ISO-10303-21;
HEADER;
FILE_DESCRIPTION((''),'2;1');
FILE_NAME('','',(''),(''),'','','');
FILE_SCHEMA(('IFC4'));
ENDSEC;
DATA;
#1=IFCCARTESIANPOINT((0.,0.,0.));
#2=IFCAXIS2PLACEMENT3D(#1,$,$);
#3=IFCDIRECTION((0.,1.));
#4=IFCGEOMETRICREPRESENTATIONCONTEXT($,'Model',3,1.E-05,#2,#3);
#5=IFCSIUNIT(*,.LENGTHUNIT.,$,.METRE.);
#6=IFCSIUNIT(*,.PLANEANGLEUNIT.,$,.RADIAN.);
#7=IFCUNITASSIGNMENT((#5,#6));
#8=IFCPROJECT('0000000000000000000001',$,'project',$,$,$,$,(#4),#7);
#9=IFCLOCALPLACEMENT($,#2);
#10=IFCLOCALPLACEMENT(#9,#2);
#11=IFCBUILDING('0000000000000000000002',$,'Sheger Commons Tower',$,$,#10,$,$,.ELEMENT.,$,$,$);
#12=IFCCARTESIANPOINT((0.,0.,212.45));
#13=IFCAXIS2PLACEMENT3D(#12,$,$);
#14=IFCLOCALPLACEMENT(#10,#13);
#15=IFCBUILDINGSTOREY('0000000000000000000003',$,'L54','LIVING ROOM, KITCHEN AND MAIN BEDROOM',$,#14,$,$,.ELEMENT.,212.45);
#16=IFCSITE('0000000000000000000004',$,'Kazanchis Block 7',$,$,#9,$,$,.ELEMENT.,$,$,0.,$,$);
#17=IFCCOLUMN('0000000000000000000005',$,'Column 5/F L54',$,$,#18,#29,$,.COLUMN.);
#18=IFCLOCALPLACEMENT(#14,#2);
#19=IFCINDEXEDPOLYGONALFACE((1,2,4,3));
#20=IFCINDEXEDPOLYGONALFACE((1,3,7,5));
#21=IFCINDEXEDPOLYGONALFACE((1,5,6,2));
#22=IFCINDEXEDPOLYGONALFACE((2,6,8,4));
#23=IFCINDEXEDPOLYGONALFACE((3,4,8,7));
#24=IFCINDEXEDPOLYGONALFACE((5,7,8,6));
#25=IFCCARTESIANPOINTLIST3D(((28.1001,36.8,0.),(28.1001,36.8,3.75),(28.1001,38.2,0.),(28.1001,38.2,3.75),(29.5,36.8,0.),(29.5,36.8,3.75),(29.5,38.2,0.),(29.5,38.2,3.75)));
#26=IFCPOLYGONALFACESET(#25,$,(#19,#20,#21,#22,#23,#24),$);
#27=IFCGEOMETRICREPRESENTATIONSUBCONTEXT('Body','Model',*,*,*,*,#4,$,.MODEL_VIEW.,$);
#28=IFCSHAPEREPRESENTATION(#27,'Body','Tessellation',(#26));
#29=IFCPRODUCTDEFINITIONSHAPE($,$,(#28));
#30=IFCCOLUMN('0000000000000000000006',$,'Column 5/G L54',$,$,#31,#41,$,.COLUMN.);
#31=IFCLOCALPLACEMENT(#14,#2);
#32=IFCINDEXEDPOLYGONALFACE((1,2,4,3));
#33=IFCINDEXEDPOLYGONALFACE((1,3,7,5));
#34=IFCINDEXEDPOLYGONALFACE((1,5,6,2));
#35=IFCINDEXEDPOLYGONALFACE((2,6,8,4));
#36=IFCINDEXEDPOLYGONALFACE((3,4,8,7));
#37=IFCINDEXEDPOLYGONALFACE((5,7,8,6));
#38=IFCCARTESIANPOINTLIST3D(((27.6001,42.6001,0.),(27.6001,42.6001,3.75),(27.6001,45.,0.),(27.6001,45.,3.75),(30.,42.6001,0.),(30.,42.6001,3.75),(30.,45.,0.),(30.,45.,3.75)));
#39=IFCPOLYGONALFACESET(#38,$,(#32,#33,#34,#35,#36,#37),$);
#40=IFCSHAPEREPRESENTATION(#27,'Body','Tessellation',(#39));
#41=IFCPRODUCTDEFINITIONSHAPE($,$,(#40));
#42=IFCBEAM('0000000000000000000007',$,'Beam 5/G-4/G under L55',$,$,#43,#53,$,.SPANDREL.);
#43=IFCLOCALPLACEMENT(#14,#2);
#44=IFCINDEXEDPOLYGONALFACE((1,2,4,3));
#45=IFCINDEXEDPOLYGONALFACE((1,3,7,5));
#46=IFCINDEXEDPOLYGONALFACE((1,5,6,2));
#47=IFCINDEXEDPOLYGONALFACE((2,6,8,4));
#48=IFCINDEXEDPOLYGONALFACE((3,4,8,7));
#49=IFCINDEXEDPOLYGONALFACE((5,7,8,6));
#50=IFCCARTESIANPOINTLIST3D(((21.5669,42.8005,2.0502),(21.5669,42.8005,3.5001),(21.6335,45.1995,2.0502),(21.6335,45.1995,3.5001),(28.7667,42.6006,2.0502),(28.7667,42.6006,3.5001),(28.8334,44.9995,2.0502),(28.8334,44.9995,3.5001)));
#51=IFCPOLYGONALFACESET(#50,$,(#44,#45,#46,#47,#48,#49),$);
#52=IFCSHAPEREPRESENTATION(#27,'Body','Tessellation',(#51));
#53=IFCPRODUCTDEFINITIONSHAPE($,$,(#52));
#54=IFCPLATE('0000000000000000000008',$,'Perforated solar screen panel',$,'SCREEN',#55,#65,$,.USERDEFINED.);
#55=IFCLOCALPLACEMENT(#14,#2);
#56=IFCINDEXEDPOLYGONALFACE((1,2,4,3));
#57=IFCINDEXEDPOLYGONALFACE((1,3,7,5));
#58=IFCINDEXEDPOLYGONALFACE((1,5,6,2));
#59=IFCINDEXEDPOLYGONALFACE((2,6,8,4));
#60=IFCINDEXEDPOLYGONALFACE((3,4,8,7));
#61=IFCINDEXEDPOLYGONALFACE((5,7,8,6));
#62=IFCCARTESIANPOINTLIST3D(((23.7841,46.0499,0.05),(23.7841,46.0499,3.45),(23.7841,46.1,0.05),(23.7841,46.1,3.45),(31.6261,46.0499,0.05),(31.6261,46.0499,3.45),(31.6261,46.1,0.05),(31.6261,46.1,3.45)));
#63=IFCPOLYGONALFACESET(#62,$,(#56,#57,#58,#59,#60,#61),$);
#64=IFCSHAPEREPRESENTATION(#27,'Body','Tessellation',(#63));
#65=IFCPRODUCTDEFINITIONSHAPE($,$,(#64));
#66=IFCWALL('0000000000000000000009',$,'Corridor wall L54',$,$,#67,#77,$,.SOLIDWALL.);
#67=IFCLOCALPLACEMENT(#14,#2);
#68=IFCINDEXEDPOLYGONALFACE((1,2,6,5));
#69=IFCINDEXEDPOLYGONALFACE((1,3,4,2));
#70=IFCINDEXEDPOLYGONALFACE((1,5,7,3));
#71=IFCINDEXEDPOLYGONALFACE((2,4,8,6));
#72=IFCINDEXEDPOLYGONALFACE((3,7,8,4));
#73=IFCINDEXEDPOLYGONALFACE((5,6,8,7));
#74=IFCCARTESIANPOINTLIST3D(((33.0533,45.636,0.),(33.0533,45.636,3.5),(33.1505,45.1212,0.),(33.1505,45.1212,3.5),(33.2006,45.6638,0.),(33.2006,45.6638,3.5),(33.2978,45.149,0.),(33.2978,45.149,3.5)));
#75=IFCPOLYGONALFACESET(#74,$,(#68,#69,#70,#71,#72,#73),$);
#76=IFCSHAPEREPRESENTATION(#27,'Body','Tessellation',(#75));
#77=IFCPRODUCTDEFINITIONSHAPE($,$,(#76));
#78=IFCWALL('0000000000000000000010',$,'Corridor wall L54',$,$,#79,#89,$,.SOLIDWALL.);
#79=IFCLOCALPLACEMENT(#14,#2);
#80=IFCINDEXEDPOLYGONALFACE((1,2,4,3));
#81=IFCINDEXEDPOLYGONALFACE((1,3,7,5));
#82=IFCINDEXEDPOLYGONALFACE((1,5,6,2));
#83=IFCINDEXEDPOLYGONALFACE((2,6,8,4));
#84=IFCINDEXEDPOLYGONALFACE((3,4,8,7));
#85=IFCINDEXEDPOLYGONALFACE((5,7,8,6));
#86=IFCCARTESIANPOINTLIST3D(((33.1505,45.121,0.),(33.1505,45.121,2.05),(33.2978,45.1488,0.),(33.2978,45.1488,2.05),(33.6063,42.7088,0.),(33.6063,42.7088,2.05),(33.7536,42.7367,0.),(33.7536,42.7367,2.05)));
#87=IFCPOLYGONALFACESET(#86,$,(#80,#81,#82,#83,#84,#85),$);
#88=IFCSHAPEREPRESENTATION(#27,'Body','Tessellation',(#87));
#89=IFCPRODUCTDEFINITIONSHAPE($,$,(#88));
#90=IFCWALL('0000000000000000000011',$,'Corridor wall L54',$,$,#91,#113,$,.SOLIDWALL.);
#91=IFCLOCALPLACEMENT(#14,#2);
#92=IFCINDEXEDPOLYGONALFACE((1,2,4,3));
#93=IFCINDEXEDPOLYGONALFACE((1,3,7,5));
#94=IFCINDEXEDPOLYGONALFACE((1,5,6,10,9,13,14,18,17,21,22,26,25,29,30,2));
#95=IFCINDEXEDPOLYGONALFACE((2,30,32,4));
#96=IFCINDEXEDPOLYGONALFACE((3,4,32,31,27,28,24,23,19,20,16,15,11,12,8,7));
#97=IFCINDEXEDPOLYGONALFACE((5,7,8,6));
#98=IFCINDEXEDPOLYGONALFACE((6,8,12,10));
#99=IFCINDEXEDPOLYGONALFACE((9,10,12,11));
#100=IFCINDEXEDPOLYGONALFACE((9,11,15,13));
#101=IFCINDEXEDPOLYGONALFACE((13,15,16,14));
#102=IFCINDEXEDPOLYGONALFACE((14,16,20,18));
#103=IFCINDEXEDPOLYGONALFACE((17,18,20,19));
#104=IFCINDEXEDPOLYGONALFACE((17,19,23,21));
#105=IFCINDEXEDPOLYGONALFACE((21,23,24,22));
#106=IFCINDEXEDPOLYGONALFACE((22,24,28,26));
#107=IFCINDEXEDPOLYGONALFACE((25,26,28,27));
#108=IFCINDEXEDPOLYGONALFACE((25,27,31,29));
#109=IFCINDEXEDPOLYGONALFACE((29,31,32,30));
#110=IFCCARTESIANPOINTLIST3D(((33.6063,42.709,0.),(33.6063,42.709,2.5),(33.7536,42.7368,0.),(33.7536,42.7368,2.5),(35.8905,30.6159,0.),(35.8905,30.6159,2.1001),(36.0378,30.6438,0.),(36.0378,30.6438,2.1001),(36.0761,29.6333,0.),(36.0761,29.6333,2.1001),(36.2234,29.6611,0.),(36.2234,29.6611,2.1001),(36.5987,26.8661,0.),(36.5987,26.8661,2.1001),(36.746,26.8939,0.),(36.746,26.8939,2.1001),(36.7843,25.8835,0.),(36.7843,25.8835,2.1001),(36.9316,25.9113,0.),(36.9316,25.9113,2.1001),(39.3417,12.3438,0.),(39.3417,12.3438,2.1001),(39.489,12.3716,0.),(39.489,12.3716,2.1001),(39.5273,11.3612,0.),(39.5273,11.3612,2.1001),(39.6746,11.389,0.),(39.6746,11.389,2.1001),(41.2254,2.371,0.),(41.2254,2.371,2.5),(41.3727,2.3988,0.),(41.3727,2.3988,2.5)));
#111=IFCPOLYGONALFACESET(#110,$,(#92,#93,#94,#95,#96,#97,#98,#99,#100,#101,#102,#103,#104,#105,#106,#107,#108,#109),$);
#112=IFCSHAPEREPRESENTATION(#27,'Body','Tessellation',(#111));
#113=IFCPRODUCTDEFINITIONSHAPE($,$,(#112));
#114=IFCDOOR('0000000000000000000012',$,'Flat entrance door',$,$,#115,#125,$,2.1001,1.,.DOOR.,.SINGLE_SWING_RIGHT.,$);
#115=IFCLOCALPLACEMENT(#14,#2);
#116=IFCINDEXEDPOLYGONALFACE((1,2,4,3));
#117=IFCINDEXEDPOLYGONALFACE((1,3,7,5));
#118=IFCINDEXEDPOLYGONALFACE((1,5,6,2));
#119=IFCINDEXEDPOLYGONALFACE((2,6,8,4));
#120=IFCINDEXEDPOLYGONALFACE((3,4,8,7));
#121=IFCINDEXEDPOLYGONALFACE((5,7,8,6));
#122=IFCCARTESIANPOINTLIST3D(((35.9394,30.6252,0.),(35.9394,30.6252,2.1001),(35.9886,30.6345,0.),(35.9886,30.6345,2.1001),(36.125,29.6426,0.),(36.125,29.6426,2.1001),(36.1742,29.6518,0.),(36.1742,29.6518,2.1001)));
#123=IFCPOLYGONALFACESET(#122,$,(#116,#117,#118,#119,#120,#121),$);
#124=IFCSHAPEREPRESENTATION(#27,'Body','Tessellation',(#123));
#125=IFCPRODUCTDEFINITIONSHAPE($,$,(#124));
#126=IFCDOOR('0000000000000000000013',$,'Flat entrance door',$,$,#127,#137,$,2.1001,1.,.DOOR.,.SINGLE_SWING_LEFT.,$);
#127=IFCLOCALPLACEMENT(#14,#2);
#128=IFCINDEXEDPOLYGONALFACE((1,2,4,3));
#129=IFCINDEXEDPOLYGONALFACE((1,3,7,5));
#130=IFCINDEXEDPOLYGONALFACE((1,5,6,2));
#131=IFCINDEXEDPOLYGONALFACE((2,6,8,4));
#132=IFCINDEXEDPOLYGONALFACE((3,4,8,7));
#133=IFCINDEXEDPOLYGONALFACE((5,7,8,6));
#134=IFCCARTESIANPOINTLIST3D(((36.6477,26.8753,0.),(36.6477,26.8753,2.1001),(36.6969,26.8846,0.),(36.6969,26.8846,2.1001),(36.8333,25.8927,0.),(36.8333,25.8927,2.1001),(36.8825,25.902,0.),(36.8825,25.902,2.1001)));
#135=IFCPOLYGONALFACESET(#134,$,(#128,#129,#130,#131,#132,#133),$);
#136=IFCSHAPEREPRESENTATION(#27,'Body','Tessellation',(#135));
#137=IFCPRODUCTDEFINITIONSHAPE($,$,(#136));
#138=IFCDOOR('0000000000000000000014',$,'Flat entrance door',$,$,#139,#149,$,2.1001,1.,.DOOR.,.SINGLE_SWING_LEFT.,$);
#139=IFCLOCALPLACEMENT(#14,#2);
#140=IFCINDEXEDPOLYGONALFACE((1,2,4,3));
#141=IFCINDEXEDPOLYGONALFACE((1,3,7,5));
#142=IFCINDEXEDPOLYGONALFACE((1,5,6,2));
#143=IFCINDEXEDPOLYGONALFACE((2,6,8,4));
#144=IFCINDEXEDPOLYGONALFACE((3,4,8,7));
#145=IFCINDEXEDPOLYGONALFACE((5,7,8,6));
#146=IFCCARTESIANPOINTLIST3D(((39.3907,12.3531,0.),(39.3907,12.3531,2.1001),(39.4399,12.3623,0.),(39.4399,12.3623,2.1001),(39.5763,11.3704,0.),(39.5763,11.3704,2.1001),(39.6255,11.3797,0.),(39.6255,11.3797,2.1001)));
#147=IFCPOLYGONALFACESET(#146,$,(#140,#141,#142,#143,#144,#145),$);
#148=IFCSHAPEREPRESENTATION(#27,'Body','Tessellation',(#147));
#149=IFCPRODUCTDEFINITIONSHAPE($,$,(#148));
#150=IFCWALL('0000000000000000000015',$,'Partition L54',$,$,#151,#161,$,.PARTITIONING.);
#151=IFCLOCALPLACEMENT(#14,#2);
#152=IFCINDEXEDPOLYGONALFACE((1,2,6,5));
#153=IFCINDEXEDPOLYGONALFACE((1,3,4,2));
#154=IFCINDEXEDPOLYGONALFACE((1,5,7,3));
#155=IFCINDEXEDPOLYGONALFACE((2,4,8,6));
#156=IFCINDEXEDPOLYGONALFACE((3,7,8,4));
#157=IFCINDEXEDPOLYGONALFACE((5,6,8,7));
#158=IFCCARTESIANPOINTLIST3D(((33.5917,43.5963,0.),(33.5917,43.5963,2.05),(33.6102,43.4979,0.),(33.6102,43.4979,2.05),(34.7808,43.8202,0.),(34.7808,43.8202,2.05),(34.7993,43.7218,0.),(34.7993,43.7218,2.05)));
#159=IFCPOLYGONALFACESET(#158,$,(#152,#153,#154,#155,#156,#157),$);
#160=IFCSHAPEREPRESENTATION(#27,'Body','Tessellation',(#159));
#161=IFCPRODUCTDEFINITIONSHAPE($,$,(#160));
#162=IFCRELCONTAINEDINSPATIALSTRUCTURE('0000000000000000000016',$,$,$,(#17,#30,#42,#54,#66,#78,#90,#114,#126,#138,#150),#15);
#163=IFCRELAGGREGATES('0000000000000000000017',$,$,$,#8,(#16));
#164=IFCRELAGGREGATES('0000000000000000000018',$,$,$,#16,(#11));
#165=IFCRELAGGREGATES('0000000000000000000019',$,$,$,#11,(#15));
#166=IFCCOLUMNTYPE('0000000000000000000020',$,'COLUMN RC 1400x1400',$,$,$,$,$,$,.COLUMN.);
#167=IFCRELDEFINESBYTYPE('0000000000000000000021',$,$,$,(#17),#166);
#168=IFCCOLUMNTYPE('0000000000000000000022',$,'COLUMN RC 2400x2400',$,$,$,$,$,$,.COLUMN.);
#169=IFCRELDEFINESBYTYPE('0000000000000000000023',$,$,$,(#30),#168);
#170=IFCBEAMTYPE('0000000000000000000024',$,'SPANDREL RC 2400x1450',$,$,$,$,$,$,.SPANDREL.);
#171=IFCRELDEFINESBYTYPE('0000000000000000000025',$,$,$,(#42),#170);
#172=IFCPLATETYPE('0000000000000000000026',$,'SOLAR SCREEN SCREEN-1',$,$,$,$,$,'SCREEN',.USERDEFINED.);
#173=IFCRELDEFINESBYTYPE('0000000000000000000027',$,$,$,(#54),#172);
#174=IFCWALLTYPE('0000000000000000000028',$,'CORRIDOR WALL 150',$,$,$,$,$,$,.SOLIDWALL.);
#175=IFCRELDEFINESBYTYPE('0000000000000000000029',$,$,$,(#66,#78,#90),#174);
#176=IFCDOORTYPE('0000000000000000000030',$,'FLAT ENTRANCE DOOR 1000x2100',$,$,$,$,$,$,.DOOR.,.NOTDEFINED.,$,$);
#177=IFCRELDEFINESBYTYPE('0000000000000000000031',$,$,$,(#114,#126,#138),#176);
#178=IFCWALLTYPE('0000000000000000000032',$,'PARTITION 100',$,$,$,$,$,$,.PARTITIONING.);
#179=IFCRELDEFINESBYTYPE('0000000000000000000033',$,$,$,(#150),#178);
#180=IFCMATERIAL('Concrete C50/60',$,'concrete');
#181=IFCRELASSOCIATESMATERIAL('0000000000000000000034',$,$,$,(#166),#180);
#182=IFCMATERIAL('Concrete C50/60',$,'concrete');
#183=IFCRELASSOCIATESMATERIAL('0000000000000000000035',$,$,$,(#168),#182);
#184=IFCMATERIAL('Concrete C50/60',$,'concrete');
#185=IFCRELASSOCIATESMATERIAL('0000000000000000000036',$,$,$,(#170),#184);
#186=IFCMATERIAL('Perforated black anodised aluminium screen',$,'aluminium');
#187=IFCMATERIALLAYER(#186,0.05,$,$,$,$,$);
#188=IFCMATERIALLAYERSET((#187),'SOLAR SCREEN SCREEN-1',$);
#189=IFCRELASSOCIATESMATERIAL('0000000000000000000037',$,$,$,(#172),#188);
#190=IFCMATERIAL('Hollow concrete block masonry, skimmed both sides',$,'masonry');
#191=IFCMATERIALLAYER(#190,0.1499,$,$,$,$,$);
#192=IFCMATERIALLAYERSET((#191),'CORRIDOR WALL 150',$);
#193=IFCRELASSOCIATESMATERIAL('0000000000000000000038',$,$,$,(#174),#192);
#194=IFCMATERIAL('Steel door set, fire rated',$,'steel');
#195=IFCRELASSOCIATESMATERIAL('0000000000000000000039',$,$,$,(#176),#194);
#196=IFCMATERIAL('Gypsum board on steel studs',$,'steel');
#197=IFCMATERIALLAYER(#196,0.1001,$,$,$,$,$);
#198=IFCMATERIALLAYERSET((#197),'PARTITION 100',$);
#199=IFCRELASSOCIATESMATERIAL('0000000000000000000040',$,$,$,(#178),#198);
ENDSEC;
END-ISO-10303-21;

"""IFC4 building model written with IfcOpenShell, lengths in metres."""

from ifc_helpers import new_model, si_unit, direction, frame, frame_2d, origin, origin_2d, place, context, subcontext, project, spatial, rectangle, extrude, material, layer, layer_set, material_profile, profile_set, type_object, element, fill, save


model = new_model("IFC4")

# Units and contexts
model_context = context("Model", 3, precision=1e-05, world=origin(), true_north=direction((0.0, 1.0)))
body_context = subcontext(model_context, "Body", "Model", "MODEL_VIEW")
ifc_project = project(units=[si_unit("LENGTHUNIT", "METRE"), si_unit("PLANEANGLEUNIT", "RADIAN")], contexts=[model_context])

# Site, building, storey
site_placement = place(None, origin())
site = spatial("IfcSite", under=ifc_project, at=site_placement, Name="Kazanchis Block 7", CompositionType="ELEMENT", RefElevation=0.0)
building_placement = place(site_placement, origin())
building = spatial("IfcBuilding", under=site, at=building_placement, Name="Sheger Commons Tower", CompositionType="ELEMENT")
storey_placement = place(building_placement, frame((0.0, 0.0, 212.45)))
storey = spatial("IfcBuildingStorey", under=building, at=storey_placement, Name="L54", Description="LIVING ROOM, KITCHEN AND MAIN BEDROOM", CompositionType="ELEMENT", Elevation=212.45)

# Columns
ifc_material_1 = material(Name="Concrete C50/60", Category="concrete")
ifc_material_profile_1 = material_profile(ifc_material_1, rectangle(XDim=1.3999, YDim=1.3999, at=origin_2d()), Name="RC 1400x1400")
ifc_profile_set_1 = profile_set([ifc_material_profile_1], Name="Concrete C50/60")
column_type_1 = type_object("IfcColumnType", Name="COLUMN RC 1400x1400", PredefinedType="COLUMN", material=ifc_profile_set_1)
column_1_placement = place(storey_placement, frame((28.8, 37.5, 0.0), z_axis=(0.0, 0.0, 1.0), x_axis=(1.0, 0.0, 0.0)))
element("IfcColumn", 1, at=column_1_placement, inside=storey, type_object=column_type_1, Name="Column 5/F L54", PredefinedType="COLUMN", context=body_context, shape_type="SweptSolid", body=[
    extrude(rectangle(XDim=1.3999, YDim=1.3999, at=origin_2d()), origin(), (0.0, 0.0, 1.0), 3.75),
])
ifc_material_2 = material(Name="Concrete C50/60", Category="concrete")
ifc_material_profile_2 = material_profile(ifc_material_2, rectangle(XDim=2.3999, YDim=2.3999, at=origin_2d()), Name="RC 2400x2400")
ifc_profile_set_2 = profile_set([ifc_material_profile_2], Name="Concrete C50/60")
column_type_2 = type_object("IfcColumnType", Name="COLUMN RC 2400x2400", PredefinedType="COLUMN", material=ifc_profile_set_2)
column_2_placement = place(storey_placement, frame((28.8, 43.8, 0.0), z_axis=(0.0, 0.0, 1.0), x_axis=(1.0, 0.0, 0.0)))
element("IfcColumn", 2, at=column_2_placement, inside=storey, type_object=column_type_2, Name="Column 5/G L54", PredefinedType="COLUMN", context=body_context, shape_type="SweptSolid", body=[
    extrude(rectangle(XDim=2.3999, YDim=2.3999, at=origin_2d()), origin(), (0.0, 0.0, 1.0), 3.75),
])

# Beam
ifc_material_3 = material(Name="Concrete C50/60", Category="concrete")
ifc_material_profile_3 = material_profile(ifc_material_3, rectangle(XDim=2.3999, YDim=1.45, at=origin_2d()), Name="RC 2400x1450")
ifc_profile_set_3 = profile_set([ifc_material_profile_3], Name="Concrete C50/60")
beam_type = type_object("IfcBeamType", Name="SPANDREL RC 2400x1450", PredefinedType="SPANDREL", material=ifc_profile_set_3)
beam_placement = place(storey_placement, frame((28.8, 43.8, 2.7751), z_axis=(-0.999615, 0.02776, 0.0), x_axis=(-0.02776, -0.999615, 0.0)))
element("IfcBeam", 3, at=beam_placement, inside=storey, type_object=beam_type, Name="Beam 5/G-4/G under L55", PredefinedType="SPANDREL", context=body_context, shape_type="SweptSolid", body=[
    extrude(rectangle(XDim=2.3999, YDim=1.45, at=origin_2d()), origin(), (0.0, 0.0, 1.0), 7.2026),
])

# Plate
ifc_material_4 = material(Name="Perforated black anodised aluminium screen", Category="aluminium")
ifc_layer_1 = layer(ifc_material_4, 0.05)
ifc_layer_set_1 = layer_set([ifc_layer_1], Name="SOLAR SCREEN SCREEN-1")
plate_type = type_object("IfcPlateType", Name="SOLAR SCREEN SCREEN-1", ElementType="SCREEN", PredefinedType="USERDEFINED", material=ifc_layer_set_1)
plate_placement = place(storey_placement, frame((27.7051, 46.075, 0.05), z_axis=(0.0, 0.0, 1.0), x_axis=(-1.0, 0.0, 0.0)))
element("IfcPlate", 4, at=plate_placement, inside=storey, type_object=plate_type, Name="Perforated solar screen panel", ObjectType="SCREEN", PredefinedType="USERDEFINED", context=body_context, shape_type="SweptSolid", body=[
    extrude(rectangle(XDim=7.842, YDim=0.05, at=origin_2d()), origin(), (0.0, 0.0, 1.0), 3.3999),
])

# Walls
ifc_material_5 = material(Name="Hollow concrete block masonry, skimmed both sides", Category="masonry")
ifc_layer_2 = layer(ifc_material_5, 0.1499)
ifc_layer_set_2 = layer_set([ifc_layer_2], Name="CORRIDOR WALL 150")
wall_type_1 = type_object("IfcWallType", Name="CORRIDOR WALL 150", PredefinedType="SOLIDWALL", material=ifc_layer_set_2)
wall_1_placement = place(storey_placement, frame((33.127, 45.6499, 0.0), z_axis=(0.0, 0.0, 1.0), x_axis=(0.185442, -0.982655, 0.0)))
element("IfcWall", 5, at=wall_1_placement, inside=storey, type_object=wall_type_1, Name="Corridor wall L54", PredefinedType="SOLIDWALL", context=body_context, shape_type="SweptSolid", body=[
    extrude(rectangle(XDim=0.5239, YDim=0.1499, at=frame_2d((0.262, 0.0))), origin(), (0.0, 0.0, 1.0), 3.5),
])
wall_2_placement = place(storey_placement, frame((33.2241, 45.135, 0.0), z_axis=(0.0, 0.0, 1.0), x_axis=(0.185681, -0.98261, 0.0)))
element("IfcWall", 6, at=wall_2_placement, inside=storey, type_object=wall_type_1, Name="Corridor wall L54", PredefinedType="SOLIDWALL", context=body_context, shape_type="SweptSolid", body=[
    extrude(rectangle(XDim=2.4548, YDim=0.1499, at=frame_2d((1.2275, 0.0))), origin(), (0.0, 0.0, 1.0), 2.05),
])

# Wall, openings, doors
wall_3_placement = place(storey_placement, frame((33.6799, 42.7229, 0.0), z_axis=(0.0, 0.0, 1.0), x_axis=(0.185601, -0.982625, 0.0)))
wall_3 = element("IfcWall", 7, at=wall_3_placement, inside=storey, type_object=wall_type_1, Name="Corridor wall L54", PredefinedType="SOLIDWALL", context=body_context, shape_type="SweptSolid", body=[
    extrude(rectangle(XDim=41.0513, YDim=0.1499, at=frame_2d((20.5256, 0.0))), origin(), (0.0, 0.0, 1.0), 2.5),
])
opening_1_placement = place(wall_3_placement, frame((12.3069, 0.0, 0.0)))
opening_1 = element("IfcOpeningElement", 8, at=opening_1_placement, cuts=wall_3, PredefinedType="OPENING", context=body_context, shape_type="SweptSolid", body=[
    extrude(rectangle(XDim=1.0, YDim=2.1001, at=frame_2d((0.5, 1.05))), frame((0.0, 0.085, 0.0), z_axis=(0.0, -1.0, 0.0), x_axis=(1.0, 0.0, 0.0)), (0.0, 0.0, 1.0), 0.1699),
])
opening_2_placement = place(wall_3_placement, frame((16.123, 0.0, 0.0)))
opening_2 = element("IfcOpeningElement", 9, at=opening_2_placement, cuts=wall_3, PredefinedType="OPENING", context=body_context, shape_type="SweptSolid", body=[
    extrude(rectangle(XDim=1.0, YDim=2.1001, at=frame_2d((0.5, 1.05))), frame((0.0, 0.085, 0.0), z_axis=(0.0, -1.0, 0.0), x_axis=(1.0, 0.0, 0.0)), (0.0, 0.0, 1.0), 0.1699),
])
opening_3_placement = place(wall_3_placement, frame((30.9021, 0.0, 0.0)))
opening_3 = element("IfcOpeningElement", 10, at=opening_3_placement, cuts=wall_3, PredefinedType="OPENING", context=body_context, shape_type="SweptSolid", body=[
    extrude(rectangle(XDim=1.0, YDim=2.1001, at=frame_2d((0.5, 1.05))), frame((0.0, 0.085, 0.0), z_axis=(0.0, -1.0, 0.0), x_axis=(1.0, 0.0, 0.0)), (0.0, 0.0, 1.0), 0.1699),
])
ifc_material_6 = material(Name="Steel door set, fire rated", Category="steel")
door_type_1 = type_object("IfcDoorType", Name="FLAT ENTRANCE DOOR 1000x2100", OperationType="NOTDEFINED", PredefinedType="DOOR", material=ifc_material_6)
door_1_placement = place(opening_1_placement, origin())
door_1 = element("IfcDoor", 11, at=door_1_placement, inside=storey, type_object=door_type_1, Name="Flat entrance door", OperationType="SINGLE_SWING_RIGHT", OverallHeight=2.1001, OverallWidth=1.0, PredefinedType="DOOR", context=body_context, shape_type="SweptSolid", body=[
    extrude(rectangle(XDim=1.0, YDim=2.1001, at=frame_2d((0.5, 1.05))), frame((0.0, 0.0249, 0.0), z_axis=(0.0, -1.0, 0.0), x_axis=(1.0, 0.0, 0.0)), (0.0, 0.0, 1.0), 0.05),
])
fill(opening_1, door_1)
door_2_placement = place(opening_2_placement, origin())
door_2 = element("IfcDoor", 12, at=door_2_placement, inside=storey, type_object=door_type_1, Name="Flat entrance door", OperationType="SINGLE_SWING_LEFT", OverallHeight=2.1001, OverallWidth=1.0, PredefinedType="DOOR", context=body_context, shape_type="SweptSolid", body=[
    extrude(rectangle(XDim=1.0, YDim=2.1001, at=frame_2d((0.5, 1.05))), frame((0.0, 0.0249, 0.0), z_axis=(0.0, -1.0, 0.0), x_axis=(1.0, 0.0, 0.0)), (0.0, 0.0, 1.0), 0.05),
])
fill(opening_2, door_2)
door_3_placement = place(opening_3_placement, origin())
door_3 = element("IfcDoor", 13, at=door_3_placement, inside=storey, type_object=door_type_1, Name="Flat entrance door", OperationType="SINGLE_SWING_LEFT", OverallHeight=2.1001, OverallWidth=1.0, PredefinedType="DOOR", context=body_context, shape_type="SweptSolid", body=[
    extrude(rectangle(XDim=1.0, YDim=2.1001, at=frame_2d((0.5, 1.05))), frame((0.0, 0.0249, 0.0), z_axis=(0.0, -1.0, 0.0), x_axis=(1.0, 0.0, 0.0)), (0.0, 0.0, 1.0), 0.05),
])
fill(opening_3, door_3)

# Wall
ifc_material_7 = material(Name="Gypsum board on steel studs", Category="steel")
ifc_layer_3 = layer(ifc_material_7, 0.1001)
ifc_layer_set_3 = layer_set([ifc_layer_3], Name="PARTITION 100")
wall_type_2 = type_object("IfcWallType", Name="PARTITION 100", PredefinedType="PARTITIONING", material=ifc_layer_set_3)
wall_4_placement = place(storey_placement, frame((34.79, 43.771, 0.0), z_axis=(0.0, 0.0, 1.0), x_axis=(-0.98273, -0.185044, 0.0)))
element("IfcWall", 14, at=wall_4_placement, inside=storey, type_object=wall_type_2, Name="Partition L54", PredefinedType="PARTITIONING", context=body_context, shape_type="SweptSolid", body=[
    extrude(rectangle(XDim=1.21, YDim=0.1001, at=frame_2d((0.605, 0.0))), origin(), (0.0, 0.0, 1.0), 2.05),
])

save(model, "model.ifc")
